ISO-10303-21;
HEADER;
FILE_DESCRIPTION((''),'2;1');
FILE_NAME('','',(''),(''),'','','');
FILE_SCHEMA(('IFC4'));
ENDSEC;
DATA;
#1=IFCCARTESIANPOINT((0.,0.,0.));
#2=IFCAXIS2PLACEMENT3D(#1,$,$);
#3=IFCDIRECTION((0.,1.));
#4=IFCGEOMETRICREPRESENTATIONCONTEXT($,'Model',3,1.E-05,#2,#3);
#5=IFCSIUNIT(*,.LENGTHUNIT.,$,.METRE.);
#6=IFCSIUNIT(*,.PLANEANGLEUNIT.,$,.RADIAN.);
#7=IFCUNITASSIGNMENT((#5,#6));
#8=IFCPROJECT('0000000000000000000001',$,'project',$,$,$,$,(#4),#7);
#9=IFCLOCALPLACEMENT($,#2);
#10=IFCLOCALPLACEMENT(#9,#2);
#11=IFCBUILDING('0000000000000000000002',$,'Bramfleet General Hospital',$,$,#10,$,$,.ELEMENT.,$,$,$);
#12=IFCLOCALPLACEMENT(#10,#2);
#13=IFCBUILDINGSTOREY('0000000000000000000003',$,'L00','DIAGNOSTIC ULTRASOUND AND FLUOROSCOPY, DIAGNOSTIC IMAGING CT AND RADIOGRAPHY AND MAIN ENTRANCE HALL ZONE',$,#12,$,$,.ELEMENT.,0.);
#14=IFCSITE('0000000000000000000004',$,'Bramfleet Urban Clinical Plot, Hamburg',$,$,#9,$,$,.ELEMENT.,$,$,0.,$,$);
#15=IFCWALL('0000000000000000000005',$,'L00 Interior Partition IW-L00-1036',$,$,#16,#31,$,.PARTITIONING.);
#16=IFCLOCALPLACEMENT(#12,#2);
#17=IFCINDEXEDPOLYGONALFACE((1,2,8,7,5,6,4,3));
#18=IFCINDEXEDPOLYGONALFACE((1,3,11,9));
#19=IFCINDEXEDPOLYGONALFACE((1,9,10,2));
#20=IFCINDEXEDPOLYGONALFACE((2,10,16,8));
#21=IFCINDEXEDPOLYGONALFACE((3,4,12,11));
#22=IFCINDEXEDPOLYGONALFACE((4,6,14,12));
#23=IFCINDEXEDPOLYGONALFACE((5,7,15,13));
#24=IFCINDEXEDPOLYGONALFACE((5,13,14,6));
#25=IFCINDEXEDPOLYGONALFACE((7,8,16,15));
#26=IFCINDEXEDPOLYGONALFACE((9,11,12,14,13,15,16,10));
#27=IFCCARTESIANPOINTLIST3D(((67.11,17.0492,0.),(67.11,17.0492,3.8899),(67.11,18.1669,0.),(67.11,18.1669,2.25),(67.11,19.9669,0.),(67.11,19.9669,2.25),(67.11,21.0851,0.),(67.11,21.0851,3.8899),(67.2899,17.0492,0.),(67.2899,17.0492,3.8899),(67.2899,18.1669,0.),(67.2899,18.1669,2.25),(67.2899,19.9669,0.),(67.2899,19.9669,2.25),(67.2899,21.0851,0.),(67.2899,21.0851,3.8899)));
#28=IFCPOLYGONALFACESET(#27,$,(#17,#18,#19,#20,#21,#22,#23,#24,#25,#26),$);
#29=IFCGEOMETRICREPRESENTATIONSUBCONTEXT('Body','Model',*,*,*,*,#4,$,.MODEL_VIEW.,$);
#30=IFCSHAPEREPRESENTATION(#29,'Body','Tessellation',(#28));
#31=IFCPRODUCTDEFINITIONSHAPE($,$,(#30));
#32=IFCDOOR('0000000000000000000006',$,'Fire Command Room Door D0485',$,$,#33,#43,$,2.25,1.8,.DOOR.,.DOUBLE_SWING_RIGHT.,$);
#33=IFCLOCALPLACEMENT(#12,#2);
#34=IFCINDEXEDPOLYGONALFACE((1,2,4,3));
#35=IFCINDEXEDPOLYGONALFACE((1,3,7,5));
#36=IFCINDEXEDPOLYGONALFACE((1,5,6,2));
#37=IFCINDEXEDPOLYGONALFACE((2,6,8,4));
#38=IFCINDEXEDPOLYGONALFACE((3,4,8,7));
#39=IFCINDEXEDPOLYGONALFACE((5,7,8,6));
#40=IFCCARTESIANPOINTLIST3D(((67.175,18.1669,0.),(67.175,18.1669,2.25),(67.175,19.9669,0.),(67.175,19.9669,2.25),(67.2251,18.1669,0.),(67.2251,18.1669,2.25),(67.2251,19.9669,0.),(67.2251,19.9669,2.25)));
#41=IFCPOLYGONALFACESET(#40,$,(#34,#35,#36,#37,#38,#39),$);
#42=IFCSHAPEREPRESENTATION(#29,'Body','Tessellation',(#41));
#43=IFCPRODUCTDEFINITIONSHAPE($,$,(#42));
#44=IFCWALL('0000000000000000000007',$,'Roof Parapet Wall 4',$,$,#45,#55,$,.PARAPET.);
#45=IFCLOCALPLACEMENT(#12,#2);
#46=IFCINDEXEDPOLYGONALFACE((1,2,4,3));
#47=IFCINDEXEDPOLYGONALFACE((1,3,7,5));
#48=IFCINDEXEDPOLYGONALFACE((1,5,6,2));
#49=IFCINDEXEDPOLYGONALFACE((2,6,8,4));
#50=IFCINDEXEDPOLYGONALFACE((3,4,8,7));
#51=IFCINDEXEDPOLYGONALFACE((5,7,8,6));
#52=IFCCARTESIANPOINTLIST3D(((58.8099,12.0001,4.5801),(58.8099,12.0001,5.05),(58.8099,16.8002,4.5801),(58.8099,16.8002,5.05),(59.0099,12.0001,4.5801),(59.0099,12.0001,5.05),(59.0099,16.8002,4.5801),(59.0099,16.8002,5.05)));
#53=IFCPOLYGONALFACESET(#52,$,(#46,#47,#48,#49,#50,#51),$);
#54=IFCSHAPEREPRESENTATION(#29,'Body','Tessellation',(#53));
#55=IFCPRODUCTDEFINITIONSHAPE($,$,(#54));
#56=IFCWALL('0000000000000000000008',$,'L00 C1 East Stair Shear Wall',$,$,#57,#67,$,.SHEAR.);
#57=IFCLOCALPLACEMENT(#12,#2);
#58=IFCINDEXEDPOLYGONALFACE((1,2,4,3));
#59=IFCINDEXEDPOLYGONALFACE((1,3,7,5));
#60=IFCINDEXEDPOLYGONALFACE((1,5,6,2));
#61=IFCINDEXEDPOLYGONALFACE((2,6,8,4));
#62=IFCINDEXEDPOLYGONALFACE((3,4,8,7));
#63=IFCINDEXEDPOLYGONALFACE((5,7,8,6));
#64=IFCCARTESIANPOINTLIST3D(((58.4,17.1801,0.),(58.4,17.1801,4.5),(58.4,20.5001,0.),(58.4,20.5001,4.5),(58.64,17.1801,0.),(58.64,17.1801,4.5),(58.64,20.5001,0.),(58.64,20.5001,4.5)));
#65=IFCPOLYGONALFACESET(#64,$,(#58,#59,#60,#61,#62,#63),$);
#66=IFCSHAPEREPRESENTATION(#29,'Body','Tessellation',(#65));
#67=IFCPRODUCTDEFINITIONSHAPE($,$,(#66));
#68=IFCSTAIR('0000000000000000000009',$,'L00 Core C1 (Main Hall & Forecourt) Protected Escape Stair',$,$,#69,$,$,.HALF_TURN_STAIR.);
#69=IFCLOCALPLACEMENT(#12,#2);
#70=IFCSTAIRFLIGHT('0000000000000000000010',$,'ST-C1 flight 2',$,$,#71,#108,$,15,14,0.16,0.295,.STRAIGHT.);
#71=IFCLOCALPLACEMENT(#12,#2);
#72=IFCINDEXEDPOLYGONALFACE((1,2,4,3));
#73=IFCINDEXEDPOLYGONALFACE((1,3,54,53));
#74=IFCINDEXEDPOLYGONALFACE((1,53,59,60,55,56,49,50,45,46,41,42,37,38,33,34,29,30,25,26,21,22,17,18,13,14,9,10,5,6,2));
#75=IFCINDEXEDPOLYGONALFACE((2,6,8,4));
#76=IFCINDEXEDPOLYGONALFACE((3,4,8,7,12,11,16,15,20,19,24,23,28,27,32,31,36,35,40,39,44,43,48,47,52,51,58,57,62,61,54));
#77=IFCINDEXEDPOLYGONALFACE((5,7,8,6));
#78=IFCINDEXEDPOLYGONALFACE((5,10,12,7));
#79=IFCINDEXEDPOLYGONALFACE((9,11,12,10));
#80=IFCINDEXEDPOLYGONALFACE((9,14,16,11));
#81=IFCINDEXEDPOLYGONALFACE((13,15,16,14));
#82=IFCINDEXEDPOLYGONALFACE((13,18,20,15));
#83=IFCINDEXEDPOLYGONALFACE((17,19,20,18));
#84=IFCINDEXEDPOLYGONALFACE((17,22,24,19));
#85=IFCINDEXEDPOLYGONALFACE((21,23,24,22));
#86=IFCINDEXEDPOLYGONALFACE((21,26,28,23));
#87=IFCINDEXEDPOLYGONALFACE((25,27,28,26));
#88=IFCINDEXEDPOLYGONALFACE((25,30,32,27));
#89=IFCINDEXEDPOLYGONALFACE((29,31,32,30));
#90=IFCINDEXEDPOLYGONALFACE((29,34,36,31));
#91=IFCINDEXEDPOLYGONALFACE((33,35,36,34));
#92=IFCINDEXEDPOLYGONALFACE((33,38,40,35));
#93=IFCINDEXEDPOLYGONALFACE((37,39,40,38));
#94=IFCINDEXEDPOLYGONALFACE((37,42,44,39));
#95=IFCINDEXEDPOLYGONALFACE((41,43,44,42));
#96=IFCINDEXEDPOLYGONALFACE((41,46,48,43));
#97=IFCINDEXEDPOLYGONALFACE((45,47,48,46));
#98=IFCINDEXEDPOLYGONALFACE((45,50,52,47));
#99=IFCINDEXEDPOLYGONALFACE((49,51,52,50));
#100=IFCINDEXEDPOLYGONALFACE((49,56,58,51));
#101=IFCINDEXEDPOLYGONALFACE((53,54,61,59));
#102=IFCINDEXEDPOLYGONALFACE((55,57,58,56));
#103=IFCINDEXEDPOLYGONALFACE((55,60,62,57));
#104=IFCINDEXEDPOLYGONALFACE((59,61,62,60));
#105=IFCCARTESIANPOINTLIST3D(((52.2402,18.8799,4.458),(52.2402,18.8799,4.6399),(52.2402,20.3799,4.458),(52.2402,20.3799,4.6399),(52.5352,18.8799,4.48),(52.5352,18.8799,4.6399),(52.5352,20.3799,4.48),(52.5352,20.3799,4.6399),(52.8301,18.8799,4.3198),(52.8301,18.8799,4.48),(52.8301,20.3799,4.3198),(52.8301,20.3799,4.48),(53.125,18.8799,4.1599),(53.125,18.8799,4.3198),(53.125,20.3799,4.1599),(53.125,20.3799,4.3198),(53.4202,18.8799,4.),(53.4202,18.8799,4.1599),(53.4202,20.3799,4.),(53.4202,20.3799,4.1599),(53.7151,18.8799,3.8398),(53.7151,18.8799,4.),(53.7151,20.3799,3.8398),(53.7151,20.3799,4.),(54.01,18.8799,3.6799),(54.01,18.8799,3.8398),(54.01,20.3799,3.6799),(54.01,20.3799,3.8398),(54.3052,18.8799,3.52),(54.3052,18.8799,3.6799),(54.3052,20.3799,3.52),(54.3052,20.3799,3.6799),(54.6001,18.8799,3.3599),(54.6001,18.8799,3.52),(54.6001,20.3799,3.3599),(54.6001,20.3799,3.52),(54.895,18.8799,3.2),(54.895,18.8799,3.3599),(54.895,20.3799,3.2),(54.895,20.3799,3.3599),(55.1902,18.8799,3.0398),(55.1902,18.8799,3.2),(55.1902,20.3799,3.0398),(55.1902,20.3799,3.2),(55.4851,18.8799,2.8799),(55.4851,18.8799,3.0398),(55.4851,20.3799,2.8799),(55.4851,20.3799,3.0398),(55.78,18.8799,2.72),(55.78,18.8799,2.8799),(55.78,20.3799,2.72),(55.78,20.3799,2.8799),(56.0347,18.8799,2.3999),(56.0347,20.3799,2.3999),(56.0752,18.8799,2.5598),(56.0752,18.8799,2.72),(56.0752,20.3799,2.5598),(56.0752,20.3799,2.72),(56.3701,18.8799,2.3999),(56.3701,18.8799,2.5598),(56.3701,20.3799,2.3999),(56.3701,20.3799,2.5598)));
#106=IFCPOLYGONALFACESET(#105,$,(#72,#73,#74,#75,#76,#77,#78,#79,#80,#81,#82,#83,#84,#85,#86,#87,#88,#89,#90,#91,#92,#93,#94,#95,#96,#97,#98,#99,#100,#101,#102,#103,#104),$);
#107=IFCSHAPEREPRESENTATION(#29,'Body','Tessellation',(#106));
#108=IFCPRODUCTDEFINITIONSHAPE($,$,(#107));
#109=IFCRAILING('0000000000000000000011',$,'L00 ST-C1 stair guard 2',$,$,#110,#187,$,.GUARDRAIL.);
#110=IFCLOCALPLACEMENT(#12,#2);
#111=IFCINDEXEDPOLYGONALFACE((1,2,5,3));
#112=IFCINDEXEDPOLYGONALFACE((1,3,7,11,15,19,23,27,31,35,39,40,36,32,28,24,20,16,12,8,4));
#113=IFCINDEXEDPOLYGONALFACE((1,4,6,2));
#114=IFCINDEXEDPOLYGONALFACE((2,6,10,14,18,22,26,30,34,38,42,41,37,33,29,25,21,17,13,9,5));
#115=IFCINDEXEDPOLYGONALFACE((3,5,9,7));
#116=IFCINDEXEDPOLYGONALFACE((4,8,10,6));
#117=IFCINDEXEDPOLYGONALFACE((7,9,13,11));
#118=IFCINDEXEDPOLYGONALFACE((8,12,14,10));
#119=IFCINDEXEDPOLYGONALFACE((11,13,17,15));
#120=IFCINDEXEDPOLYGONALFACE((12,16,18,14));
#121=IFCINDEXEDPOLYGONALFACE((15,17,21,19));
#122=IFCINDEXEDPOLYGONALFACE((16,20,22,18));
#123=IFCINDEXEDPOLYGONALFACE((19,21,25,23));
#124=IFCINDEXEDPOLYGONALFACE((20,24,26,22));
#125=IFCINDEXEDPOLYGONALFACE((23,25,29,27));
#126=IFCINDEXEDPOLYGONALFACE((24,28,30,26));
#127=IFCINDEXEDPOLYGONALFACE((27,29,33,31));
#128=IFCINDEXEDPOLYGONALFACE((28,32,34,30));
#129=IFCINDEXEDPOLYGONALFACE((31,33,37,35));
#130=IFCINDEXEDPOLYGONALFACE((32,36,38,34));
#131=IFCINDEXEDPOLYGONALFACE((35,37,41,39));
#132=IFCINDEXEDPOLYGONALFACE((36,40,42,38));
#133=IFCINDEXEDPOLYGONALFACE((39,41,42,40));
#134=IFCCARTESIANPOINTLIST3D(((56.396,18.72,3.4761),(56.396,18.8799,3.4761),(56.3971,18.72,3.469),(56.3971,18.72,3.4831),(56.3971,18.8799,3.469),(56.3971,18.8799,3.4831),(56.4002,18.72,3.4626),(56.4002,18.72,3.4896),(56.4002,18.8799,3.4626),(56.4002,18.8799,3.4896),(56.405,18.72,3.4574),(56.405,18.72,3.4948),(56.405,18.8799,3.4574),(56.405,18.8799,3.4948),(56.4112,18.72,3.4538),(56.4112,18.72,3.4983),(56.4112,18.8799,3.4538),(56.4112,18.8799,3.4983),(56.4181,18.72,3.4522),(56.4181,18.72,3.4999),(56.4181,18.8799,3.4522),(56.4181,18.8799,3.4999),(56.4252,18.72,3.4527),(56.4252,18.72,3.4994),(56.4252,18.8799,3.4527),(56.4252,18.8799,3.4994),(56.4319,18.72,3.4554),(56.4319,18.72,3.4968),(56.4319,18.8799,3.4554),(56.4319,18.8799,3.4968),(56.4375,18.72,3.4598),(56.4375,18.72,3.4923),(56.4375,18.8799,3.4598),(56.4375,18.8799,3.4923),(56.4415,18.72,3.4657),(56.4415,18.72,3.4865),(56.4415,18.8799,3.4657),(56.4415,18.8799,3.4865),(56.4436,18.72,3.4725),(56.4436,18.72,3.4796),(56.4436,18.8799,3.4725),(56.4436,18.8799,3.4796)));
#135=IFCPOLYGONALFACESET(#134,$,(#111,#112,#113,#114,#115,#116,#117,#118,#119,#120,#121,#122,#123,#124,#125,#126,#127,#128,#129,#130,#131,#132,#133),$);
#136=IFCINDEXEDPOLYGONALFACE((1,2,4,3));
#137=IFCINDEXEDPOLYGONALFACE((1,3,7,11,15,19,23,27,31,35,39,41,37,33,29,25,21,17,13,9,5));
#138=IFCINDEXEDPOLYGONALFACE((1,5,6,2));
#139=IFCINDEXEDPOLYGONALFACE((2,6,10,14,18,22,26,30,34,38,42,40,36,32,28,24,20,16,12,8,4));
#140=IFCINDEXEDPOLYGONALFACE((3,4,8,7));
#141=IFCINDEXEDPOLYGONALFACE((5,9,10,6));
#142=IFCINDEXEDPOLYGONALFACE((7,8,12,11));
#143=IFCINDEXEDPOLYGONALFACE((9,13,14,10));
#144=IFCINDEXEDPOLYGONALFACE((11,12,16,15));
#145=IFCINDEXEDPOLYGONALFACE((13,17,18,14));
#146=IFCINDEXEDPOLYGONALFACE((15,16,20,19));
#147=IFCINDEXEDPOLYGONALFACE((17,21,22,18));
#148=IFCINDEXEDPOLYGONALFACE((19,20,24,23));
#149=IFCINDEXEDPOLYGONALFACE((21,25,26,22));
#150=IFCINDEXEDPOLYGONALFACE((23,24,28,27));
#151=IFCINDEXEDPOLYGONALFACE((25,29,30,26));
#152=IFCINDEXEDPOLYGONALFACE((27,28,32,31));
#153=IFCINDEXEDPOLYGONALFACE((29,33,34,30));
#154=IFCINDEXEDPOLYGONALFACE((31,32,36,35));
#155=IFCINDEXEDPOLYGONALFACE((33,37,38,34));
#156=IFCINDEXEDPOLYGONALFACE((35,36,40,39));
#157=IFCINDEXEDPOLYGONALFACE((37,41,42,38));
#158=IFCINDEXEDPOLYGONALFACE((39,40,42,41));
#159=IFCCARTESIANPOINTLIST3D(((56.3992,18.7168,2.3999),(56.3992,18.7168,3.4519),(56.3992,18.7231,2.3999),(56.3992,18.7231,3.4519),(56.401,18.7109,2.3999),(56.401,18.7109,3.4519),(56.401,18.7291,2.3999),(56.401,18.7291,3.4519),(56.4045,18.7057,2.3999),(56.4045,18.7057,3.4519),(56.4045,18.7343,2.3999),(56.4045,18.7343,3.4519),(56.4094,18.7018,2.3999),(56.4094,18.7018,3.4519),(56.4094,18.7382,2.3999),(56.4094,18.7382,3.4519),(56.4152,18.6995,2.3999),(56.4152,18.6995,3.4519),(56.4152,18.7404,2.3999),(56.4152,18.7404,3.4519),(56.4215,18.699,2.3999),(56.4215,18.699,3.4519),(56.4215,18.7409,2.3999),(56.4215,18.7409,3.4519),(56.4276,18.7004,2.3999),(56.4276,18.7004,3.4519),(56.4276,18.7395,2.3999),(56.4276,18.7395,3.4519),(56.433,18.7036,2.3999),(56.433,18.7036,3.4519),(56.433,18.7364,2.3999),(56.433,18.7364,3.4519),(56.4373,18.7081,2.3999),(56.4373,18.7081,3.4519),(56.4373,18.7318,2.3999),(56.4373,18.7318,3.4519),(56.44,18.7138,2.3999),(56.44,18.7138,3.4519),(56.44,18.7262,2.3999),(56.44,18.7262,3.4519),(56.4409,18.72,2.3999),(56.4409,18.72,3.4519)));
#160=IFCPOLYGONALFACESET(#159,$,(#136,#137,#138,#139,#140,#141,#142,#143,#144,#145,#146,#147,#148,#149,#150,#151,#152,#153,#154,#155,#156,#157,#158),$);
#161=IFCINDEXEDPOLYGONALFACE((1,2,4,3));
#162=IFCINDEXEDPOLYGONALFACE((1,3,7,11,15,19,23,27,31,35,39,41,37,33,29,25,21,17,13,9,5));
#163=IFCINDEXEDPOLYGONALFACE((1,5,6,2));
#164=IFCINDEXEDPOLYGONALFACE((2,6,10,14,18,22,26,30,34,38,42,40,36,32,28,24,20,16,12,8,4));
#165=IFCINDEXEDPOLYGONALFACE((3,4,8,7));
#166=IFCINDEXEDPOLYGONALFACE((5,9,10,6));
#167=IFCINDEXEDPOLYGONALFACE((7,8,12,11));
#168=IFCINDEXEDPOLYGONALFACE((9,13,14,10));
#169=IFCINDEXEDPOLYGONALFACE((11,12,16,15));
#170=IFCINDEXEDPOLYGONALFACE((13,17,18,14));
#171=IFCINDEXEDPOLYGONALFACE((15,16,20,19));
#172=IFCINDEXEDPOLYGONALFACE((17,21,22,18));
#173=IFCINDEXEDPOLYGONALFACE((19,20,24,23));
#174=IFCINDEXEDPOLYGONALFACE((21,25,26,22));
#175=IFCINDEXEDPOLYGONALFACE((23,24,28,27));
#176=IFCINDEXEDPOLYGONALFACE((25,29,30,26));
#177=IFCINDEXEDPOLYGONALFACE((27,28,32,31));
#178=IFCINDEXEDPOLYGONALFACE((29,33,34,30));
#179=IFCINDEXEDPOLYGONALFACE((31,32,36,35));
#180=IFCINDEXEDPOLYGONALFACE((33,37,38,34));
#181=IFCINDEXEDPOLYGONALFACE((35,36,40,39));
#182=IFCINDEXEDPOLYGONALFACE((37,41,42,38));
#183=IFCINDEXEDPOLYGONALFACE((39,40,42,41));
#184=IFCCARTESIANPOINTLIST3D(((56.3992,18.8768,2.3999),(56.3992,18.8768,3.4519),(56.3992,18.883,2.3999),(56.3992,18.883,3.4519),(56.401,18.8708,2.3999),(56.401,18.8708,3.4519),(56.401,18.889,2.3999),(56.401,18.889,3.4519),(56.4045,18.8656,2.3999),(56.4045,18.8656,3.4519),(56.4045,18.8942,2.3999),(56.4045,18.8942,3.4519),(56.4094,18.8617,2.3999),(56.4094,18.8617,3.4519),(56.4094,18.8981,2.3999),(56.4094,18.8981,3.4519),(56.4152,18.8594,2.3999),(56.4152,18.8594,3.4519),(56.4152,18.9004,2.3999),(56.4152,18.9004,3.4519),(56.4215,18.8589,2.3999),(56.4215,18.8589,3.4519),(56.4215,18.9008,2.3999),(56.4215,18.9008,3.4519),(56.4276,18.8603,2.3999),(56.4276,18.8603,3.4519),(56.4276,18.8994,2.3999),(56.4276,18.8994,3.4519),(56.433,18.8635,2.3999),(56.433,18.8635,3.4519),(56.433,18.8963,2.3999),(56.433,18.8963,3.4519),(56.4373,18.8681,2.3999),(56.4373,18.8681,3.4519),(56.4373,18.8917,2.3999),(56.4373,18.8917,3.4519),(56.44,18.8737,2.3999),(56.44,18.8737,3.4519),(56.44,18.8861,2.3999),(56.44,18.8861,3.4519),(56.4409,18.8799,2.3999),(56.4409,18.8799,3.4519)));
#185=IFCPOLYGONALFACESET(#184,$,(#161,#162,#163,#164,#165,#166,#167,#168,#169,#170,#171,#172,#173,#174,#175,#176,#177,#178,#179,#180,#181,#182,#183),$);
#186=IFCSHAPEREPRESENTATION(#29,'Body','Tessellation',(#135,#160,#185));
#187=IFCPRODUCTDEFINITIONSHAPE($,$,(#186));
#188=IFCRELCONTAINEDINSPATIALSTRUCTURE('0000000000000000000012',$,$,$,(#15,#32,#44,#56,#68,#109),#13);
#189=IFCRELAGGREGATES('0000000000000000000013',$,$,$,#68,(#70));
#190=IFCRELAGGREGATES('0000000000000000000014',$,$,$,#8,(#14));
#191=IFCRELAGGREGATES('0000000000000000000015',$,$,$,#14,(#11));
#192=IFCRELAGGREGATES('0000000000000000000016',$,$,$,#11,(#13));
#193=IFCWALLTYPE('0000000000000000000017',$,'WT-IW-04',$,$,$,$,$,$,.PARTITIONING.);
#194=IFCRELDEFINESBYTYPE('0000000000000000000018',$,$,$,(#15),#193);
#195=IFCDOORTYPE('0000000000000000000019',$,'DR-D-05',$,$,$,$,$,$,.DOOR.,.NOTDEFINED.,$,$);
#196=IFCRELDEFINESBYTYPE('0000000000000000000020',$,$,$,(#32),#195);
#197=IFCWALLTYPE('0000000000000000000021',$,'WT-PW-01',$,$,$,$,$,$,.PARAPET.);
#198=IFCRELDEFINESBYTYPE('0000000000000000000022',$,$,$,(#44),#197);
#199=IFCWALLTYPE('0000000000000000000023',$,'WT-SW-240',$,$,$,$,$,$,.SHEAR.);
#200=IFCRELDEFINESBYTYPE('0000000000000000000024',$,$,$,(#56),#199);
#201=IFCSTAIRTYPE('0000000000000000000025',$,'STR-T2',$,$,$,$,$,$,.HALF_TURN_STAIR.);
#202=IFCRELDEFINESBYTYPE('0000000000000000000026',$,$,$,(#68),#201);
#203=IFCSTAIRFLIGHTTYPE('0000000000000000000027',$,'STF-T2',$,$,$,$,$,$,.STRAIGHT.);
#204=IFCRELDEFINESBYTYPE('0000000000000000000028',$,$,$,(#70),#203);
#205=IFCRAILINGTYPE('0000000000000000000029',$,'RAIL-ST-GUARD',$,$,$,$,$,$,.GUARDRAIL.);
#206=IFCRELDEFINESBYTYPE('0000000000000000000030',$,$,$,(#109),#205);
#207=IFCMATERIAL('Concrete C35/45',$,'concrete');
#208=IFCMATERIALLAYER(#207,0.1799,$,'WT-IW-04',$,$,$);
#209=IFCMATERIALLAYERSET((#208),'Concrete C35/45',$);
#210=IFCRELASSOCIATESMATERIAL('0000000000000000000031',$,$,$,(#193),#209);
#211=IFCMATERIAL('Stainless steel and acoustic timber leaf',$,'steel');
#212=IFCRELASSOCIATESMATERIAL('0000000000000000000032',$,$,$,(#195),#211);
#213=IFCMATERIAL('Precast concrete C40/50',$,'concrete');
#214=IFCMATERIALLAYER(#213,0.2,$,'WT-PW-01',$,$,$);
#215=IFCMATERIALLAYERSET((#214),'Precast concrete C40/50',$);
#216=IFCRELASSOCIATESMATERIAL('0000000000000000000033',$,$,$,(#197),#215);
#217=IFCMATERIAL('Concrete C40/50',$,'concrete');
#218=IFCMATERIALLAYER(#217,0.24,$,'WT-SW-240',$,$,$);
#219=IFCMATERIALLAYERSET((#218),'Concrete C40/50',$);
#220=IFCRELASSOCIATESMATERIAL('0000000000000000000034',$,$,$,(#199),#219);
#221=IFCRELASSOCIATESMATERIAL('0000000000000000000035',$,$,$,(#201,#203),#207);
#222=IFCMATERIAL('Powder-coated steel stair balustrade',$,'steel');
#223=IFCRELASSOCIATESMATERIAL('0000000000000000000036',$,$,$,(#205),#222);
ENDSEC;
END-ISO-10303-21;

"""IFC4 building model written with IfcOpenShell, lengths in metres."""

from ifc_helpers import new_model, si_unit, direction, frame, frame_2d, origin, origin_2d, place, context, subcontext, project, spatial, polyline, rectangle, circle, outline, extrude, material, layer, layer_set, type_object, element, fill, aggregate, save


model = new_model("IFC4")

# Units and contexts
model_context = context("Model", 3, precision=1e-05, world=origin(), true_north=direction((0.0, 1.0)))
body_context = subcontext(model_context, "Body", "Model", "MODEL_VIEW")
ifc_project = project(units=[si_unit("LENGTHUNIT", "METRE"), si_unit("PLANEANGLEUNIT", "RADIAN")], contexts=[model_context])

# Site, building, storey
site_placement = place(None, origin())
site = spatial("IfcSite", under=ifc_project, at=site_placement, Name="Bramfleet Urban Clinical Plot, Hamburg", CompositionType="ELEMENT", RefElevation=0.0)
building_placement = place(site_placement, origin())
building = spatial("IfcBuilding", under=site, at=building_placement, Name="Bramfleet General Hospital", CompositionType="ELEMENT")
storey_placement = place(building_placement, origin())
storey = spatial("IfcBuildingStorey", under=building, at=storey_placement, Name="L00", Description="DIAGNOSTIC ULTRASOUND AND FLUOROSCOPY, DIAGNOSTIC IMAGING CT AND RADIOGRAPHY AND MAIN ENTRANCE HALL ZONE", CompositionType="ELEMENT", Elevation=0.0)

# Shared definitions
ifc_material_1 = material(Name="Concrete C35/45", Category="concrete")

# Wall, opening, door
ifc_material_2 = material(Name="Precast concrete C40/50", Category="concrete")
ifc_layer_1 = layer(ifc_material_1, 0.1799, Name="WT-IW-04")
ifc_layer_set_1 = layer_set([ifc_layer_1], Name="Concrete C35/45")
wall_type_1 = type_object("IfcWallType", Name="WT-IW-04", PredefinedType="PARTITIONING", material=ifc_layer_set_1)
wall_1_placement = place(storey_placement, frame((67.2, 17.0491, 0.0), z_axis=(0.0, 0.0, 1.0), x_axis=(0.0, 1.0, 0.0)))
wall_1 = element("IfcWall", 1, at=wall_1_placement, inside=storey, type_object=wall_type_1, Name="L00 Interior Partition IW-L00-1036", PredefinedType="PARTITIONING", context=body_context, shape_type="SweptSolid", body=[
    extrude(rectangle(XDim=4.0359, YDim=0.1799, at=frame_2d((2.0181, 0.0))), origin(), (0.0, 0.0, 1.0), 3.8899),
])
opening_1_placement = place(wall_1_placement, frame((1.1179, 0.0, 0.0)))
opening_1 = element("IfcOpeningElement", 2, at=opening_1_placement, cuts=wall_1, PredefinedType="OPENING", context=body_context, shape_type="SweptSolid", body=[
    extrude(rectangle(XDim=1.8, YDim=2.25, at=frame_2d((0.8999, 1.125))), frame((0.0, 0.0999, 0.0), z_axis=(0.0, -1.0, 0.0), x_axis=(1.0, 0.0, 0.0)), (0.0, 0.0, 1.0), 0.2),
])
ifc_material_3 = material(Name="Stainless steel and acoustic timber leaf", Category="steel")
door_type_1 = type_object("IfcDoorType", Name="DR-D-05", OperationType="NOTDEFINED", PredefinedType="DOOR", material=ifc_material_3)
door_1_placement = place(opening_1_placement, origin())
door_1 = element("IfcDoor", 3, at=door_1_placement, inside=storey, type_object=door_type_1, Name="Fire Command Room Door D0485", OperationType="DOUBLE_SWING_RIGHT", OverallHeight=2.25, OverallWidth=1.8, PredefinedType="DOOR", context=body_context, shape_type="SweptSolid", body=[
    extrude(rectangle(XDim=1.8, YDim=2.25, at=frame_2d((0.8999, 1.125))), frame((0.0, 0.0249, 0.0), z_axis=(0.0, -1.0, 0.0), x_axis=(1.0, 0.0, 0.0)), (0.0, 0.0, 1.0), 0.05),
])
fill(opening_1, door_1)

# Walls
ifc_layer_2 = layer(ifc_material_2, 0.2, Name="WT-PW-01")
ifc_layer_set_2 = layer_set([ifc_layer_2], Name="Precast concrete C40/50")
wall_type_2 = type_object("IfcWallType", Name="WT-PW-01", PredefinedType="PARAPET", material=ifc_layer_set_2)
wall_2_placement = place(storey_placement, frame((58.9099, 16.8, 4.5801), z_axis=(0.0, 0.0, 1.0), x_axis=(0.0, -1.0, 0.0)))
element("IfcWall", 4, at=wall_2_placement, inside=storey, type_object=wall_type_2, Name="Roof Parapet Wall 4", PredefinedType="PARAPET", context=body_context, shape_type="SweptSolid", body=[
    extrude(rectangle(XDim=4.8, YDim=0.2, at=frame_2d((2.3999, 0.0))), origin(), (0.0, 0.0, 1.0), 0.47),
])
ifc_material_4 = material(Name="Concrete C40/50", Category="concrete")
ifc_layer_3 = layer(ifc_material_4, 0.24, Name="WT-SW-240")
ifc_layer_set_3 = layer_set([ifc_layer_3], Name="Concrete C40/50")
wall_type_3 = type_object("IfcWallType", Name="WT-SW-240", PredefinedType="SHEAR", material=ifc_layer_set_3)
wall_3_placement = place(storey_placement, frame((58.52, 17.1799, 0.0), z_axis=(0.0, 0.0, 1.0), x_axis=(0.0, 1.0, 0.0)))
element("IfcWall", 5, at=wall_3_placement, inside=storey, type_object=wall_type_3, Name="L00 C1 East Stair Shear Wall", PredefinedType="SHEAR", context=body_context, shape_type="SweptSolid", body=[
    extrude(rectangle(XDim=3.3201, YDim=0.24, at=frame_2d((1.6602, 0.0))), origin(), (0.0, 0.0, 1.0), 4.5),
])

# Stair, stair flight
stair_type = type_object("IfcStairType", Name="STR-T2", PredefinedType="HALF_TURN_STAIR", material=ifc_material_1)
stair_placement = place(storey_placement, origin())
stair = element("IfcStair", 6, at=stair_placement, inside=storey, type_object=stair_type, Name="L00 Core C1 (Main Hall & Forecourt) Protected Escape Stair", PredefinedType="HALF_TURN_STAIR")
stair_flight_type = type_object("IfcStairFlightType", Name="STF-T2", PredefinedType="STRAIGHT", material=ifc_material_1)
stair_flight_placement = place(storey_placement, frame((56.3701, 19.6299, 2.3999), z_axis=(0.0, 0.0, 1.0), x_axis=(-1.0, 0.0, 0.0)))
stair_flight = element("IfcStairFlight", 7, at=stair_flight_placement, type_object=stair_flight_type, Name="ST-C1 flight 2", NumberOfRisers=15, NumberOfTreads=14, PredefinedType="STRAIGHT", RiserHeight=0.16, TreadLength=0.295, context=body_context, shape_type="SweptSolid", body=[
    extrude(outline(polyline([(0.0, 0.0), (0.0, 0.1599), (0.2949, 0.1599), (0.2949, 0.3201), (0.5901, 0.3201), (0.5901, 0.48), (0.885, 0.48), (0.885, 0.6399), (1.1799, 0.6399), (1.1799, 0.8), (1.4751, 0.8), (1.4751, 0.96), (1.77, 0.96), (1.77, 1.1201), (2.0649, 1.1201), (2.0649, 1.28), (2.3601, 1.28), (2.3601, 1.4399), (2.655, 1.4399), (2.655, 1.6001), (2.95, 1.6001), (2.95, 1.76), (3.2451, 1.76), (3.2451, 1.9199), (3.54, 1.9199), (3.54, 2.0801), (3.835, 2.0801), (3.835, 2.24), (4.1299, 2.24), (4.1299, 2.3999), (4.1299, 2.0581), (0.3354, 0.0), (0.0, 0.0)])), frame((0.0, 0.75, 0.0), z_axis=(0.0, -1.0, 0.0), x_axis=(1.0, 0.0, 0.0)), (0.0, 0.0, 1.0), 1.5),
])
aggregate(stair, [stair_flight])

# Railing
ifc_material_5 = material(Name="Powder-coated steel stair balustrade", Category="steel")
railing_type_1 = type_object("IfcRailingType", Name="RAIL-ST-GUARD", PredefinedType="GUARDRAIL", material=ifc_material_5)
railing_1_placement = place(storey_placement, frame((56.4199, 18.72, 2.3999)))
element("IfcRailing", 8, at=railing_1_placement, inside=storey, type_object=railing_type_1, Name="L00 ST-C1 stair guard 2", PredefinedType="GUARDRAIL", context=body_context, shape_type="SweptSolid", body=[
    extrude(circle(Radius=0.0239, at=origin_2d()), frame((0.0, 0.0, 1.0762), z_axis=(0.0, 1.0, 0.0), x_axis=(-1.0, 0.0, 0.0)), (0.0, 0.0, 1.0), 0.1599),
    extrude(circle(Radius=0.021, at=origin_2d()), origin(), (0.0, 0.0, 1.0), 1.052),
    extrude(circle(Radius=0.021, at=origin_2d()), frame((0.0, 0.1599, 0.0)), (0.0, 0.0, 1.0), 1.052),
])

save(model, "model.ifc")
